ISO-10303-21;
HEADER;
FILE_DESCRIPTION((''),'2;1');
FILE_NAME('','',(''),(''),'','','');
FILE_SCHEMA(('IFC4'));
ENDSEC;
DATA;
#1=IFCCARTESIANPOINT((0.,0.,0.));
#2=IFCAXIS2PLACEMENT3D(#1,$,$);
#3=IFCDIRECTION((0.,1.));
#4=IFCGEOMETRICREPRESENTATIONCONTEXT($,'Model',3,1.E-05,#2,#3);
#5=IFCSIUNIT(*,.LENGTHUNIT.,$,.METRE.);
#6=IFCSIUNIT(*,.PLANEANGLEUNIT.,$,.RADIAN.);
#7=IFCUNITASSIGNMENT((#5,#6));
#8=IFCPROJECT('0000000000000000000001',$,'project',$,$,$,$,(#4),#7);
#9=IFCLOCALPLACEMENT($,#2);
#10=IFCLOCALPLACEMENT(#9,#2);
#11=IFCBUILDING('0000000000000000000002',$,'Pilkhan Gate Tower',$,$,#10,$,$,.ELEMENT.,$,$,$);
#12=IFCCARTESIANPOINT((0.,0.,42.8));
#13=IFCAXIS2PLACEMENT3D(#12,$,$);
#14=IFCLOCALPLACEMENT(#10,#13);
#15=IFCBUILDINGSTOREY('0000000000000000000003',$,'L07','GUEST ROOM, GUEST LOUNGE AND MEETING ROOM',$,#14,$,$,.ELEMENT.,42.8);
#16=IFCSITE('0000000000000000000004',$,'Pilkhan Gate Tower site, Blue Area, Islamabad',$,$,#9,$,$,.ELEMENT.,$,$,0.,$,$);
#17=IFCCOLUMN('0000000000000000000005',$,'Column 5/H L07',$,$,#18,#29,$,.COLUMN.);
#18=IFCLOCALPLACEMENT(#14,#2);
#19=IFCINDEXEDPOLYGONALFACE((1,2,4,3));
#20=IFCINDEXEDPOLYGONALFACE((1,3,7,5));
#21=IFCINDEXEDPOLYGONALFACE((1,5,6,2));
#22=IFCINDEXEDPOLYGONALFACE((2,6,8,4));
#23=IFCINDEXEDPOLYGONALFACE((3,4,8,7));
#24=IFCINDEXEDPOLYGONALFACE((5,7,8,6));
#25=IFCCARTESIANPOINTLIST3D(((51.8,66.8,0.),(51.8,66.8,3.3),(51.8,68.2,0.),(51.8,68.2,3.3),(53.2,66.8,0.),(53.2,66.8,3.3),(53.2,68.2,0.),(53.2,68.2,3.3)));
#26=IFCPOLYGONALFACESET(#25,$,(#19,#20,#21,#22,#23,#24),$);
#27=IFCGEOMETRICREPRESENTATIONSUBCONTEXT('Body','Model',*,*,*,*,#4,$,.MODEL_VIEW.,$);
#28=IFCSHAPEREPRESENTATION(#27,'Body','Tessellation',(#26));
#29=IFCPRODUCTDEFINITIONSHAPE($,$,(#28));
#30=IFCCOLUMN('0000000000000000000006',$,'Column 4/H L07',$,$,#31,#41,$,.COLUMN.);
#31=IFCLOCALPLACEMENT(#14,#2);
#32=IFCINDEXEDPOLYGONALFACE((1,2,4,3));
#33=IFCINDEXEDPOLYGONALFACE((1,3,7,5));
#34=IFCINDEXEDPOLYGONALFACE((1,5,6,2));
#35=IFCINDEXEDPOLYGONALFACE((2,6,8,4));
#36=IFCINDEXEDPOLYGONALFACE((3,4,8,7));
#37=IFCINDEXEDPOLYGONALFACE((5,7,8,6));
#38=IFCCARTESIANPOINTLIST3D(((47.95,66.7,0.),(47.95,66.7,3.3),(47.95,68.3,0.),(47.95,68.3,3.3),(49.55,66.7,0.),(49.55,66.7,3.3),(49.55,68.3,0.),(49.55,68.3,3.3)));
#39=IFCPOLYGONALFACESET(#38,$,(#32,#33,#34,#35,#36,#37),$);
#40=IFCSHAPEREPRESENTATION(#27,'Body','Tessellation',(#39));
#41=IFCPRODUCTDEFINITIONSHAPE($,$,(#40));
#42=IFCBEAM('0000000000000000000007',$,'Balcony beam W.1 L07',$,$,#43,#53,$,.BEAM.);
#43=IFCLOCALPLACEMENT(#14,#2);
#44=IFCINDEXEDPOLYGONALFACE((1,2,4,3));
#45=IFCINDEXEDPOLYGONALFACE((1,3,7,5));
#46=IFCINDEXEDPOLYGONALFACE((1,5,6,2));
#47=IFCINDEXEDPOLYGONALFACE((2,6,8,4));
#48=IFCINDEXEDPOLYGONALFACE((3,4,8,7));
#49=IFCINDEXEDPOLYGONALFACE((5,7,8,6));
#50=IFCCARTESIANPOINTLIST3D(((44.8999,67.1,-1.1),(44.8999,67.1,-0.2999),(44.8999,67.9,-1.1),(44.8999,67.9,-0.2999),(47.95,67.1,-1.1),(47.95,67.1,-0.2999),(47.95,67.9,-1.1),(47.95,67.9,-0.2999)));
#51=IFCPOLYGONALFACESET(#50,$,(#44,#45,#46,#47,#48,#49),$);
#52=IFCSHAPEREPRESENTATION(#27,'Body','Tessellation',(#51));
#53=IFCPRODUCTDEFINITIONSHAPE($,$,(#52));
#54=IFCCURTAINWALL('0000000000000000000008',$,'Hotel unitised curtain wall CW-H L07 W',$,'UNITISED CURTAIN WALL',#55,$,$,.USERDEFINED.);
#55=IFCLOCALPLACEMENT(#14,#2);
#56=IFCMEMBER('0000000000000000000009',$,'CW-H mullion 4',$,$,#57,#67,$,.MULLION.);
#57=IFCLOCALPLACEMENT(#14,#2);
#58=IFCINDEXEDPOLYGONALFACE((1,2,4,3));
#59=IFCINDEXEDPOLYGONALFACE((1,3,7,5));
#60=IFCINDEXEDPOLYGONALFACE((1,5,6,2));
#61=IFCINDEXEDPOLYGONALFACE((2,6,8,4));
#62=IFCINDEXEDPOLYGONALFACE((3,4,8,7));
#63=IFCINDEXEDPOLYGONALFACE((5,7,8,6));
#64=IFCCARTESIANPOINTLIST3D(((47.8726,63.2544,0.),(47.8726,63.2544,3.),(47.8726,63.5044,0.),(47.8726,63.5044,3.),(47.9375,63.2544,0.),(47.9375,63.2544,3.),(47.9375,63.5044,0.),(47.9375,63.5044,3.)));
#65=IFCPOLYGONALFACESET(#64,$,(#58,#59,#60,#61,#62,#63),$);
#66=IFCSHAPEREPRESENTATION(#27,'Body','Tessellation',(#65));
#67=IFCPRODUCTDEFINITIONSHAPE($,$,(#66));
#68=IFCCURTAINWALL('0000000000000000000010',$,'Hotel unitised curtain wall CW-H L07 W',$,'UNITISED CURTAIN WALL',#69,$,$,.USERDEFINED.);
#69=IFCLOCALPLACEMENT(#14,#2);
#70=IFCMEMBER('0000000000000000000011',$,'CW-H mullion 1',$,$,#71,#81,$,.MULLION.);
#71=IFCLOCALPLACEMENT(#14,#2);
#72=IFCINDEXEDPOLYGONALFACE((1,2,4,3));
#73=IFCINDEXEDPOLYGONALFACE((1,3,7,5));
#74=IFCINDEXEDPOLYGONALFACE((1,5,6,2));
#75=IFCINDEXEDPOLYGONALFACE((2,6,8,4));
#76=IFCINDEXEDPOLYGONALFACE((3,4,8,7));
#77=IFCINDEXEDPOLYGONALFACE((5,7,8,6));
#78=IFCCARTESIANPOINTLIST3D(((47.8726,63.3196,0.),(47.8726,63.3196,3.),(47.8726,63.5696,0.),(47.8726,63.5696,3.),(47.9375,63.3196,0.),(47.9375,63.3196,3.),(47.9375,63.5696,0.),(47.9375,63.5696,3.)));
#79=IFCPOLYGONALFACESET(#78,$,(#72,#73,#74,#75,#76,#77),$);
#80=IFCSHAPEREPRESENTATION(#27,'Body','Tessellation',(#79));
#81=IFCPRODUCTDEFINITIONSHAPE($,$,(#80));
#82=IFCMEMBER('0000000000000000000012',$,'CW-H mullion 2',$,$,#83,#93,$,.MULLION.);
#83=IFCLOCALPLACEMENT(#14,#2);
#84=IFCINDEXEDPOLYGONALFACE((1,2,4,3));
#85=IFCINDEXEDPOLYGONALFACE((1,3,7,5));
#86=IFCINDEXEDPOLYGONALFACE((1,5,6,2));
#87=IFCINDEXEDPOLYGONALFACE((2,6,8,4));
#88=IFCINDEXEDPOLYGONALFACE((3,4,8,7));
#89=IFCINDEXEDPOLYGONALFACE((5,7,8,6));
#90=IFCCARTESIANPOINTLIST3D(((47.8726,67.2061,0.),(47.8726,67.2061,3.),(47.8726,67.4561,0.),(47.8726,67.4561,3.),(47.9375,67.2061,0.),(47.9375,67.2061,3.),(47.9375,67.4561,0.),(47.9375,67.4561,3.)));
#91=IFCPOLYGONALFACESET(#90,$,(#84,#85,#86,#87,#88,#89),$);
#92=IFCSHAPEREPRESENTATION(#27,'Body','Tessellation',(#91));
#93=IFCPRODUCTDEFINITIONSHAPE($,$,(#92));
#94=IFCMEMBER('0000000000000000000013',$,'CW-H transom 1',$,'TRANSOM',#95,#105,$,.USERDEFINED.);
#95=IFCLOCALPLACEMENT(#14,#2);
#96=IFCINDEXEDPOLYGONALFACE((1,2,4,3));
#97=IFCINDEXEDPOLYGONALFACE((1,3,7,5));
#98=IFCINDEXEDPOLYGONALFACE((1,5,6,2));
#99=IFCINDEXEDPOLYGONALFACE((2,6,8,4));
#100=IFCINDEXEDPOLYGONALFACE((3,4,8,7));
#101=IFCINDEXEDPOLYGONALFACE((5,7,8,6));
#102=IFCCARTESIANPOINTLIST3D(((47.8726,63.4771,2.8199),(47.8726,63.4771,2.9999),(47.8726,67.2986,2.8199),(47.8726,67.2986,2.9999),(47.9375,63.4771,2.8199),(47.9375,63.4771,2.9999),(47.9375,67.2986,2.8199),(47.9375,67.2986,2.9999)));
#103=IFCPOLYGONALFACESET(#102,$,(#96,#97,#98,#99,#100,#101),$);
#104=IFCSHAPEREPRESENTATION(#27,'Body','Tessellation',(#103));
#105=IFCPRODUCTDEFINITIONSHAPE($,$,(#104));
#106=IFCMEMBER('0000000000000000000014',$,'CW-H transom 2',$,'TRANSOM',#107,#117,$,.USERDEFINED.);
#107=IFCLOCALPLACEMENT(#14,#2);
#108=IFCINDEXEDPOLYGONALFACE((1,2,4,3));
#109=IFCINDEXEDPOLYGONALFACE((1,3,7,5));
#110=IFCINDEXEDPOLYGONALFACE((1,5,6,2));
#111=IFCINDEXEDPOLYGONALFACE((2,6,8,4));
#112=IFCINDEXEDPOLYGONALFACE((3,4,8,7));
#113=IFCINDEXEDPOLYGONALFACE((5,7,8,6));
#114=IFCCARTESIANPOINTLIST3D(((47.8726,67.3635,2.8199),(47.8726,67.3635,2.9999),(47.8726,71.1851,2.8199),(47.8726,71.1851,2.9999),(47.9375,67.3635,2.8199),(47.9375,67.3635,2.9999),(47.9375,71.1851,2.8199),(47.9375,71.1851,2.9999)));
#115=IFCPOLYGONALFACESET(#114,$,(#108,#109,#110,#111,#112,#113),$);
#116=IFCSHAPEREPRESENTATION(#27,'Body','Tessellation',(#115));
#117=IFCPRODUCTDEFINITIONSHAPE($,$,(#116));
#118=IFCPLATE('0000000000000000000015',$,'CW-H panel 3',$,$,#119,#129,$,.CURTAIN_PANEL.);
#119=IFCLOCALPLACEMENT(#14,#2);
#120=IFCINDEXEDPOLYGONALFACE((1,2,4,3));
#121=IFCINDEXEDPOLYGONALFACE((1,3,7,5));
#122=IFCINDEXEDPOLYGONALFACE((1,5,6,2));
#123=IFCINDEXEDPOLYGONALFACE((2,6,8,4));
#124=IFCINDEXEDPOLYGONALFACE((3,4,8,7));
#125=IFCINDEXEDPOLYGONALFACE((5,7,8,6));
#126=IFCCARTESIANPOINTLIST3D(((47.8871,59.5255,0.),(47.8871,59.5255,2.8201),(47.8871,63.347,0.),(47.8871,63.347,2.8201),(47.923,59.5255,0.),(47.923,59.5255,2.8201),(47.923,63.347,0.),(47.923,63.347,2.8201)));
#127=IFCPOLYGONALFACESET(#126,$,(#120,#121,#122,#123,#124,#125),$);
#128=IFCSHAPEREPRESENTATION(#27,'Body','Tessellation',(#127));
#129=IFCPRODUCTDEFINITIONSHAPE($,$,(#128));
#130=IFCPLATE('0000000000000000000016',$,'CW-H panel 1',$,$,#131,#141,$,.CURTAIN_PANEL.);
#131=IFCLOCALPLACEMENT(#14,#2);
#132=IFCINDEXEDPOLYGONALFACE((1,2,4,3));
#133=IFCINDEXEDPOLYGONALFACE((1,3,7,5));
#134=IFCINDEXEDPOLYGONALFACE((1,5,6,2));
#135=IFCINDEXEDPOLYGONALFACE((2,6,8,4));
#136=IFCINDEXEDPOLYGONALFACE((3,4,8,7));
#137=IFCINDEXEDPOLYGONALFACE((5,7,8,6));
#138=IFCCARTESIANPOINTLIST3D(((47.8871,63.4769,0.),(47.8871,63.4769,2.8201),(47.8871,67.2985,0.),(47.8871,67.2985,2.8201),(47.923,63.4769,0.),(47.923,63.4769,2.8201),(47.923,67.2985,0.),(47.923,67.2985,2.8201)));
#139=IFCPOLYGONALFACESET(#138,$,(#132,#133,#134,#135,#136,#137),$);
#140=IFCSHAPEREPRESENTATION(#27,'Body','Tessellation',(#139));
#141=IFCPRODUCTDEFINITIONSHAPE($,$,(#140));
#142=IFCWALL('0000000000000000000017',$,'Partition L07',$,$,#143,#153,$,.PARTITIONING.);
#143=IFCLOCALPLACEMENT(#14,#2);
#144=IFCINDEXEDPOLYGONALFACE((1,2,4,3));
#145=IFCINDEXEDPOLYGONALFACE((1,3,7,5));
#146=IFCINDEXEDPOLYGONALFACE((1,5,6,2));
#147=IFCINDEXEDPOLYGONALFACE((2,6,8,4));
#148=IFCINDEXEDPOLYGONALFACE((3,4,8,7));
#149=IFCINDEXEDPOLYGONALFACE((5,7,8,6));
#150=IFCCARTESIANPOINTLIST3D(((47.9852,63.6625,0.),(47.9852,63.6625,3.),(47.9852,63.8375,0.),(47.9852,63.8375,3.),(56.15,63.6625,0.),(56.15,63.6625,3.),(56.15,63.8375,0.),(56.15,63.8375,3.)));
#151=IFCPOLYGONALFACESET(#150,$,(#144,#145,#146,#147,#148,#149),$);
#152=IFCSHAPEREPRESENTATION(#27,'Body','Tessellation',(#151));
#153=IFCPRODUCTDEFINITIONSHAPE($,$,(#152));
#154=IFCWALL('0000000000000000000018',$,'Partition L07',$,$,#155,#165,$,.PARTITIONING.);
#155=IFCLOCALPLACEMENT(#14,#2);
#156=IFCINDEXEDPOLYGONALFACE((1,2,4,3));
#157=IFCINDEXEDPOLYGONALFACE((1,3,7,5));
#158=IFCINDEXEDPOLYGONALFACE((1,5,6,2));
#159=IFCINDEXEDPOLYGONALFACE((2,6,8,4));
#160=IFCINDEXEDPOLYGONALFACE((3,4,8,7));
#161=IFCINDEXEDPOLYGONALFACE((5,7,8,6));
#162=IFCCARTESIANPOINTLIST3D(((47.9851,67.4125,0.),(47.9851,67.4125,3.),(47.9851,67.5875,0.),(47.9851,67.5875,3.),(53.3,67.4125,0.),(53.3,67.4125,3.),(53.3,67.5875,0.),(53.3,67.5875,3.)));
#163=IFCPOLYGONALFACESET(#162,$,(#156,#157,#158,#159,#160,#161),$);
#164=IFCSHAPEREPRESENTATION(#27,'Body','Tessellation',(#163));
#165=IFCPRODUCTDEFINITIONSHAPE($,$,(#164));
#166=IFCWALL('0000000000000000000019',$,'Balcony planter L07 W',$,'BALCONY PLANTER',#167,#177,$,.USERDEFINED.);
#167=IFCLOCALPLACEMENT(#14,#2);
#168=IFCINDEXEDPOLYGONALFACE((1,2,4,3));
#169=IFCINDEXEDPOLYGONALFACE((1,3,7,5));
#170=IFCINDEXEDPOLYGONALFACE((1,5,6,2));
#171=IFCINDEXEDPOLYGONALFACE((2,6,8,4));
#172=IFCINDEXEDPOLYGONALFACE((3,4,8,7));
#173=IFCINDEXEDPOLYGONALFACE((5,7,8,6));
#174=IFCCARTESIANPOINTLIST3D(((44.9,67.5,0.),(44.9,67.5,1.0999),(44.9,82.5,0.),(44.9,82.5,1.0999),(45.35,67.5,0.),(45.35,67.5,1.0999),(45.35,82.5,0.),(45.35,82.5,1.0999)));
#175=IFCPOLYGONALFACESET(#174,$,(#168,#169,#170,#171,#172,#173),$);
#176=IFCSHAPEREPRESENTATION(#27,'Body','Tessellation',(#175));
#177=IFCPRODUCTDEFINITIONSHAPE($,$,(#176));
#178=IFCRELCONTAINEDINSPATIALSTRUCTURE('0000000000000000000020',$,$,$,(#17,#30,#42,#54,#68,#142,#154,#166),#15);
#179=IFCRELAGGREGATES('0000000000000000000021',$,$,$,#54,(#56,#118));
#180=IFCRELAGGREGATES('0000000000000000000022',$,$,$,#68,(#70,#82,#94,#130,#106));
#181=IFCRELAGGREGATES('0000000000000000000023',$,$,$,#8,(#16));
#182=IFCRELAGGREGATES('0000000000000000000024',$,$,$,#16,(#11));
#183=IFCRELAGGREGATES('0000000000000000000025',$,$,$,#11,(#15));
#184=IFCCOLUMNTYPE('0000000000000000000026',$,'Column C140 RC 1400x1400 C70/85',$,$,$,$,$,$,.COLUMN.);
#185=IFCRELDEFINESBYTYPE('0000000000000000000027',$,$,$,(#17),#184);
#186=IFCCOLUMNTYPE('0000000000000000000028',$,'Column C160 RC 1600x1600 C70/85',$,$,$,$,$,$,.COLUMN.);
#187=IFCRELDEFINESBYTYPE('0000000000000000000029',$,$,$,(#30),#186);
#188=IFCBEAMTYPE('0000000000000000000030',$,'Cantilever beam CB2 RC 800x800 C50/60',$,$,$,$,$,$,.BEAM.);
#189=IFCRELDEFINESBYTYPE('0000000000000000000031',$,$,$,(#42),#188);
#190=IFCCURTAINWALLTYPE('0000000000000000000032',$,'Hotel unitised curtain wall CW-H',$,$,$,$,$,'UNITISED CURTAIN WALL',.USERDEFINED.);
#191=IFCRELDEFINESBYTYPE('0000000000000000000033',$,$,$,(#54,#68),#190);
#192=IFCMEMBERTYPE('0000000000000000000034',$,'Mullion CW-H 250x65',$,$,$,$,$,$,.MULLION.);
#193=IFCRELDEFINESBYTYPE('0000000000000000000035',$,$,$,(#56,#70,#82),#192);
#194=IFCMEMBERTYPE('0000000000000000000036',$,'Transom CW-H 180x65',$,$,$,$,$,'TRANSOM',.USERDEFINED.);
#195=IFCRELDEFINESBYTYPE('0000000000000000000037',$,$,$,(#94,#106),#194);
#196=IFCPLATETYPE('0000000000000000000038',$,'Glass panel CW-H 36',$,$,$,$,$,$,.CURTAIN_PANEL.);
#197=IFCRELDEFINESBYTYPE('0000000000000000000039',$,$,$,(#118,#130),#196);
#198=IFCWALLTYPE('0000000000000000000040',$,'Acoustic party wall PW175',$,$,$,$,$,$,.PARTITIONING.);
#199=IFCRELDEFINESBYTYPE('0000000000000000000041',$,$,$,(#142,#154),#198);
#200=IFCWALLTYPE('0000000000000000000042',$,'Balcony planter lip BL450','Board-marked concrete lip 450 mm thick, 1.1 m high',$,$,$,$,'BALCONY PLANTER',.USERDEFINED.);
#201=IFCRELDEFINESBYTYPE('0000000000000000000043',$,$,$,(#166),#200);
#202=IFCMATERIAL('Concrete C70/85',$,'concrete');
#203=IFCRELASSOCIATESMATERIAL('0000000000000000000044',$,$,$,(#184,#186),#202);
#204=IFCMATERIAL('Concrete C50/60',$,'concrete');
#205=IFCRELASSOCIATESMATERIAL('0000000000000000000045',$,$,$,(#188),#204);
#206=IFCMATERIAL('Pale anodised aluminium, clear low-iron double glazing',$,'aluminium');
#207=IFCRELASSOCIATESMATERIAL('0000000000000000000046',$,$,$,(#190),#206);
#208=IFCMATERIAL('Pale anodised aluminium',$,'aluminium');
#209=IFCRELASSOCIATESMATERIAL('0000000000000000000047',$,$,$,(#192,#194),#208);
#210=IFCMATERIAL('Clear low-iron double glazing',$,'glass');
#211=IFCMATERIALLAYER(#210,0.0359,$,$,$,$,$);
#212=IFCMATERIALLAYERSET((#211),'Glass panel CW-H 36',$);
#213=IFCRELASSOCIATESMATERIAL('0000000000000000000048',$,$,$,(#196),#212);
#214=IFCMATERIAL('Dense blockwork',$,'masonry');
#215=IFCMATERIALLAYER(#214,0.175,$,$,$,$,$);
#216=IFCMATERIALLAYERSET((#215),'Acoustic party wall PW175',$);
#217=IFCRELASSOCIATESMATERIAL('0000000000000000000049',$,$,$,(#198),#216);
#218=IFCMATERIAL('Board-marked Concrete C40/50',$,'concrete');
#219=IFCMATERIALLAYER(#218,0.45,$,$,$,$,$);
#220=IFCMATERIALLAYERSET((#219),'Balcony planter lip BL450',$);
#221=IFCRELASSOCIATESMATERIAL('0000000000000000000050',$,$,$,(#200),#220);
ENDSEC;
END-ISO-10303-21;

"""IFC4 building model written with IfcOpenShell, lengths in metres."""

from ifc_helpers import new_model, si_unit, direction, frame, frame_2d, origin, origin_2d, place, context, subcontext, project, spatial, rectangle, extrude, material, layer, layer_set, material_profile, profile_set, type_object, element, aggregate, save


model = new_model("IFC4")

# Units and contexts
model_context = context("Model", 3, precision=1e-05, world=origin(), true_north=direction((0.0, 1.0)))
body_context = subcontext(model_context, "Body", "Model", "MODEL_VIEW")
ifc_project = project(units=[si_unit("LENGTHUNIT", "METRE"), si_unit("PLANEANGLEUNIT", "RADIAN")], contexts=[model_context])

# Site, building, storey
site_placement = place(None, origin())
site = spatial("IfcSite", under=ifc_project, at=site_placement, Name="Pilkhan Gate Tower site, Blue Area, Islamabad", CompositionType="ELEMENT", RefElevation=0.0)
building_placement = place(site_placement, origin())
building = spatial("IfcBuilding", under=site, at=building_placement, Name="Pilkhan Gate Tower", CompositionType="ELEMENT")
storey_placement = place(building_placement, frame((0.0, 0.0, 42.8)))
storey = spatial("IfcBuildingStorey", under=building, at=storey_placement, Name="L07", Description="GUEST ROOM, GUEST LOUNGE AND MEETING ROOM", CompositionType="ELEMENT", Elevation=42.8)

# Columns
ifc_material_1 = material(Name="Concrete C70/85", Category="concrete")
ifc_material_profile_1 = material_profile(ifc_material_1, rectangle(XDim=1.3999, YDim=1.3999, at=origin_2d()), Name="RC 1400x1400")
ifc_profile_set_1 = profile_set([ifc_material_profile_1], Name="Concrete C70/85")
column_type_1 = type_object("IfcColumnType", Name="Column C140 RC 1400x1400 C70/85", PredefinedType="COLUMN", material=ifc_profile_set_1)
column_1_placement = place(storey_placement, frame((52.5, 67.5, 0.0), z_axis=(0.0, 0.0, 1.0), x_axis=(1.0, 0.0, 0.0)))
element("IfcColumn", 1, at=column_1_placement, inside=storey, type_object=column_type_1, Name="Column 5/H L07", PredefinedType="COLUMN", context=body_context, shape_type="SweptSolid", body=[
    extrude(rectangle(XDim=1.3999, YDim=1.3999, at=origin_2d()), origin(), (0.0, 0.0, 1.0), 3.3),
])
ifc_material_profile_2 = material_profile(ifc_material_1, rectangle(XDim=1.6001, YDim=1.6001, at=origin_2d()), Name="RC 1600x1600")
ifc_profile_set_2 = profile_set([ifc_material_profile_2], Name="Concrete C70/85")
column_type_2 = type_object("IfcColumnType", Name="Column C160 RC 1600x1600 C70/85", PredefinedType="COLUMN", material=ifc_profile_set_2)
column_2_placement = place(storey_placement, frame((48.75, 67.5, 0.0), z_axis=(0.0, 0.0, 1.0), x_axis=(1.0, 0.0, 0.0)))
element("IfcColumn", 2, at=column_2_placement, inside=storey, type_object=column_type_2, Name="Column 4/H L07", PredefinedType="COLUMN", context=body_context, shape_type="SweptSolid", body=[
    extrude(rectangle(XDim=1.6001, YDim=1.6001, at=origin_2d()), origin(), (0.0, 0.0, 1.0), 3.3),
])

# Beam
ifc_material_2 = material(Name="Concrete C50/60", Category="concrete")
ifc_material_profile_3 = material_profile(ifc_material_2, rectangle(XDim=0.8, YDim=0.8, at=origin_2d()), Name="RC 800x800")
ifc_profile_set_3 = profile_set([ifc_material_profile_3], Name="Concrete C50/60")
beam_type = type_object("IfcBeamType", Name="Cantilever beam CB2 RC 800x800 C50/60", PredefinedType="BEAM", material=ifc_profile_set_3)
beam_placement = place(storey_placement, frame((47.95, 67.5, -0.7), z_axis=(-1.0, 0.0, 0.0), x_axis=(0.0, -1.0, 0.0)))
element("IfcBeam", 3, at=beam_placement, inside=storey, type_object=beam_type, Name="Balcony beam W.1 L07", PredefinedType="BEAM", context=body_context, shape_type="SweptSolid", body=[
    extrude(rectangle(XDim=0.8, YDim=0.8, at=origin_2d()), origin(), (0.0, 0.0, 1.0), 3.05),
])

# Curtain wall, member
ifc_material_3 = material(Name="Pale anodised aluminium, clear low-iron double glazing", Category="aluminium")
curtain_wall_type = type_object("IfcCurtainWallType", Name="Hotel unitised curtain wall CW-H", ElementType="UNITISED CURTAIN WALL", PredefinedType="USERDEFINED", material=ifc_material_3)
curtain_wall_1_placement = place(storey_placement, origin())
curtain_wall_1 = element("IfcCurtainWall", 4, at=curtain_wall_1_placement, inside=storey, type_object=curtain_wall_type, Name="Hotel unitised curtain wall CW-H L07 W", ObjectType="UNITISED CURTAIN WALL", PredefinedType="USERDEFINED")
ifc_material_4 = material(Name="Pale anodised aluminium", Category="aluminium")
ifc_material_profile_4 = material_profile(ifc_material_4, rectangle(XDim=0.0649, YDim=0.25, at=origin_2d()), Name="Mullion 250x65")
ifc_profile_set_4 = profile_set([ifc_material_profile_4], Name="Pale anodised aluminium")
member_type_1 = type_object("IfcMemberType", Name="Mullion CW-H 250x65", PredefinedType="MULLION", material=ifc_profile_set_4)
member_1_placement = place(storey_placement, frame((47.905, 63.3794, 0.0), z_axis=(0.0, 0.0, 1.0), x_axis=(-1.0, 0.0, 0.0)))
member_1 = element("IfcMember", 5, at=member_1_placement, type_object=member_type_1, Name="CW-H mullion 4", PredefinedType="MULLION", context=body_context, shape_type="SweptSolid", body=[
    extrude(rectangle(XDim=0.0649, YDim=0.25, at=origin_2d()), origin(), (0.0, 0.0, 1.0), 3.0),
])

# Curtain wall, members
curtain_wall_2_placement = place(storey_placement, origin())
curtain_wall_2 = element("IfcCurtainWall", 6, at=curtain_wall_2_placement, inside=storey, type_object=curtain_wall_type, Name="Hotel unitised curtain wall CW-H L07 W", ObjectType="UNITISED CURTAIN WALL", PredefinedType="USERDEFINED")
member_2_placement = place(storey_placement, frame((47.905, 63.4446, 0.0), z_axis=(0.0, 0.0, 1.0), x_axis=(-1.0, 0.0, 0.0)))
member_2 = element("IfcMember", 7, at=member_2_placement, type_object=member_type_1, Name="CW-H mullion 1", PredefinedType="MULLION", context=body_context, shape_type="SweptSolid", body=[
    extrude(rectangle(XDim=0.0649, YDim=0.25, at=origin_2d()), origin(), (0.0, 0.0, 1.0), 3.0),
])
member_3_placement = place(storey_placement, frame((47.905, 67.3311, 0.0), z_axis=(0.0, 0.0, 1.0), x_axis=(-1.0, 0.0, 0.0)))
member_3 = element("IfcMember", 8, at=member_3_placement, type_object=member_type_1, Name="CW-H mullion 2", PredefinedType="MULLION", context=body_context, shape_type="SweptSolid", body=[
    extrude(rectangle(XDim=0.0649, YDim=0.25, at=origin_2d()), origin(), (0.0, 0.0, 1.0), 3.0),
])
ifc_material_profile_5 = material_profile(ifc_material_4, rectangle(XDim=0.0649, YDim=0.1799, at=origin_2d()), Name="Transom 180x65")
ifc_profile_set_5 = profile_set([ifc_material_profile_5], Name="Pale anodised aluminium")
member_type_2 = type_object("IfcMemberType", Name="Transom CW-H 180x65", ElementType="TRANSOM", PredefinedType="USERDEFINED", material=ifc_profile_set_5)
member_4_placement = place(storey_placement, frame((47.905, 63.4771, 2.9099), z_axis=(0.0, 1.0, 0.0), x_axis=(-1.0, 0.0, 0.0)))
member_4 = element("IfcMember", 9, at=member_4_placement, type_object=member_type_2, Name="CW-H transom 1", ObjectType="TRANSOM", PredefinedType="USERDEFINED", context=body_context, shape_type="SweptSolid", body=[
    extrude(rectangle(XDim=0.0649, YDim=0.1799, at=origin_2d()), origin(), (0.0, 0.0, 1.0), 3.8215),
])
member_5_placement = place(storey_placement, frame((47.905, 67.3635, 2.9099), z_axis=(0.0, 1.0, 0.0), x_axis=(-1.0, 0.0, 0.0)))
member_5 = element("IfcMember", 10, at=member_5_placement, type_object=member_type_2, Name="CW-H transom 2", ObjectType="TRANSOM", PredefinedType="USERDEFINED", context=body_context, shape_type="SweptSolid", body=[
    extrude(rectangle(XDim=0.0649, YDim=0.1799, at=origin_2d()), origin(), (0.0, 0.0, 1.0), 3.8215),
])

# Plates
ifc_material_5 = material(Name="Clear low-iron double glazing", Category="glass")
ifc_layer_1 = layer(ifc_material_5, 0.0359)
ifc_layer_set_1 = layer_set([ifc_layer_1], Name="Glass panel CW-H 36")
plate_type = type_object("IfcPlateType", Name="Glass panel CW-H 36", PredefinedType="CURTAIN_PANEL", material=ifc_layer_set_1)
plate_1_placement = place(storey_placement, frame((47.905, 61.4363, 0.0), z_axis=(0.0, 0.0, 1.0), x_axis=(0.0, 1.0, 0.0)))
plate_1 = element("IfcPlate", 11, at=plate_1_placement, type_object=plate_type, Name="CW-H panel 3", PredefinedType="CURTAIN_PANEL", context=body_context, shape_type="SweptSolid", body=[
    extrude(rectangle(XDim=3.8215, YDim=0.0359, at=origin_2d()), origin(), (0.0, 0.0, 1.0), 2.8201),
])
aggregate(curtain_wall_1, [member_1, plate_1])
plate_2_placement = place(storey_placement, frame((47.905, 65.3877, 0.0), z_axis=(0.0, 0.0, 1.0), x_axis=(0.0, 1.0, 0.0)))
plate_2 = element("IfcPlate", 12, at=plate_2_placement, type_object=plate_type, Name="CW-H panel 1", PredefinedType="CURTAIN_PANEL", context=body_context, shape_type="SweptSolid", body=[
    extrude(rectangle(XDim=3.8215, YDim=0.0359, at=origin_2d()), origin(), (0.0, 0.0, 1.0), 2.8201),
])
aggregate(curtain_wall_2, [member_2, member_3, member_4, plate_2, member_5])

# Walls
ifc_material_6 = material(Name="Dense blockwork", Category="masonry")
ifc_layer_2 = layer(ifc_material_6, 0.175)
ifc_layer_set_2 = layer_set([ifc_layer_2], Name="Acoustic party wall PW175")
wall_type_1 = type_object("IfcWallType", Name="Acoustic party wall PW175", PredefinedType="PARTITIONING", material=ifc_layer_set_2)
wall_1_placement = place(storey_placement, frame((47.9851, 63.75, 0.0), z_axis=(0.0, 0.0, 1.0), x_axis=(1.0, 0.0, 0.0)))
element("IfcWall", 13, at=wall_1_placement, inside=storey, type_object=wall_type_1, Name="Partition L07", PredefinedType="PARTITIONING", context=body_context, shape_type="SweptSolid", body=[
    extrude(rectangle(XDim=8.1648, YDim=0.175, at=frame_2d((4.0825, 0.0))), origin(), (0.0, 0.0, 1.0), 3.0),
])
wall_2_placement = place(storey_placement, frame((47.9851, 67.5, 0.0), z_axis=(0.0, 0.0, 1.0), x_axis=(1.0, 0.0, 0.0)))
element("IfcWall", 14, at=wall_2_placement, inside=storey, type_object=wall_type_1, Name="Partition L07", PredefinedType="PARTITIONING", context=body_context, shape_type="SweptSolid", body=[
    extrude(rectangle(XDim=5.3149, YDim=0.175, at=frame_2d((2.6575, 0.0))), origin(), (0.0, 0.0, 1.0), 3.0),
])
ifc_material_7 = material(Name="Board-marked Concrete C40/50", Category="concrete")
ifc_layer_3 = layer(ifc_material_7, 0.45)
ifc_layer_set_3 = layer_set([ifc_layer_3], Name="Balcony planter lip BL450")
wall_type_2 = type_object("IfcWallType", Name="Balcony planter lip BL450", Description="Board-marked concrete lip 450 mm thick, 1.1 m high", ElementType="BALCONY PLANTER", PredefinedType="USERDEFINED", material=ifc_layer_set_3)
wall_3_placement = place(storey_placement, frame((45.125, 67.5, 0.0), z_axis=(0.0, 0.0, 1.0), x_axis=(0.0, 1.0, 0.0)))
element("IfcWall", 15, at=wall_3_placement, inside=storey, type_object=wall_type_2, Name="Balcony planter L07 W", ObjectType="BALCONY PLANTER", PredefinedType="USERDEFINED", context=body_context, shape_type="SweptSolid", body=[
    extrude(rectangle(XDim=15.0, YDim=0.45, at=frame_2d((7.5, 0.0))), origin(), (0.0, 0.0, 1.0), 1.0999),
])

save(model, "model.ifc")
